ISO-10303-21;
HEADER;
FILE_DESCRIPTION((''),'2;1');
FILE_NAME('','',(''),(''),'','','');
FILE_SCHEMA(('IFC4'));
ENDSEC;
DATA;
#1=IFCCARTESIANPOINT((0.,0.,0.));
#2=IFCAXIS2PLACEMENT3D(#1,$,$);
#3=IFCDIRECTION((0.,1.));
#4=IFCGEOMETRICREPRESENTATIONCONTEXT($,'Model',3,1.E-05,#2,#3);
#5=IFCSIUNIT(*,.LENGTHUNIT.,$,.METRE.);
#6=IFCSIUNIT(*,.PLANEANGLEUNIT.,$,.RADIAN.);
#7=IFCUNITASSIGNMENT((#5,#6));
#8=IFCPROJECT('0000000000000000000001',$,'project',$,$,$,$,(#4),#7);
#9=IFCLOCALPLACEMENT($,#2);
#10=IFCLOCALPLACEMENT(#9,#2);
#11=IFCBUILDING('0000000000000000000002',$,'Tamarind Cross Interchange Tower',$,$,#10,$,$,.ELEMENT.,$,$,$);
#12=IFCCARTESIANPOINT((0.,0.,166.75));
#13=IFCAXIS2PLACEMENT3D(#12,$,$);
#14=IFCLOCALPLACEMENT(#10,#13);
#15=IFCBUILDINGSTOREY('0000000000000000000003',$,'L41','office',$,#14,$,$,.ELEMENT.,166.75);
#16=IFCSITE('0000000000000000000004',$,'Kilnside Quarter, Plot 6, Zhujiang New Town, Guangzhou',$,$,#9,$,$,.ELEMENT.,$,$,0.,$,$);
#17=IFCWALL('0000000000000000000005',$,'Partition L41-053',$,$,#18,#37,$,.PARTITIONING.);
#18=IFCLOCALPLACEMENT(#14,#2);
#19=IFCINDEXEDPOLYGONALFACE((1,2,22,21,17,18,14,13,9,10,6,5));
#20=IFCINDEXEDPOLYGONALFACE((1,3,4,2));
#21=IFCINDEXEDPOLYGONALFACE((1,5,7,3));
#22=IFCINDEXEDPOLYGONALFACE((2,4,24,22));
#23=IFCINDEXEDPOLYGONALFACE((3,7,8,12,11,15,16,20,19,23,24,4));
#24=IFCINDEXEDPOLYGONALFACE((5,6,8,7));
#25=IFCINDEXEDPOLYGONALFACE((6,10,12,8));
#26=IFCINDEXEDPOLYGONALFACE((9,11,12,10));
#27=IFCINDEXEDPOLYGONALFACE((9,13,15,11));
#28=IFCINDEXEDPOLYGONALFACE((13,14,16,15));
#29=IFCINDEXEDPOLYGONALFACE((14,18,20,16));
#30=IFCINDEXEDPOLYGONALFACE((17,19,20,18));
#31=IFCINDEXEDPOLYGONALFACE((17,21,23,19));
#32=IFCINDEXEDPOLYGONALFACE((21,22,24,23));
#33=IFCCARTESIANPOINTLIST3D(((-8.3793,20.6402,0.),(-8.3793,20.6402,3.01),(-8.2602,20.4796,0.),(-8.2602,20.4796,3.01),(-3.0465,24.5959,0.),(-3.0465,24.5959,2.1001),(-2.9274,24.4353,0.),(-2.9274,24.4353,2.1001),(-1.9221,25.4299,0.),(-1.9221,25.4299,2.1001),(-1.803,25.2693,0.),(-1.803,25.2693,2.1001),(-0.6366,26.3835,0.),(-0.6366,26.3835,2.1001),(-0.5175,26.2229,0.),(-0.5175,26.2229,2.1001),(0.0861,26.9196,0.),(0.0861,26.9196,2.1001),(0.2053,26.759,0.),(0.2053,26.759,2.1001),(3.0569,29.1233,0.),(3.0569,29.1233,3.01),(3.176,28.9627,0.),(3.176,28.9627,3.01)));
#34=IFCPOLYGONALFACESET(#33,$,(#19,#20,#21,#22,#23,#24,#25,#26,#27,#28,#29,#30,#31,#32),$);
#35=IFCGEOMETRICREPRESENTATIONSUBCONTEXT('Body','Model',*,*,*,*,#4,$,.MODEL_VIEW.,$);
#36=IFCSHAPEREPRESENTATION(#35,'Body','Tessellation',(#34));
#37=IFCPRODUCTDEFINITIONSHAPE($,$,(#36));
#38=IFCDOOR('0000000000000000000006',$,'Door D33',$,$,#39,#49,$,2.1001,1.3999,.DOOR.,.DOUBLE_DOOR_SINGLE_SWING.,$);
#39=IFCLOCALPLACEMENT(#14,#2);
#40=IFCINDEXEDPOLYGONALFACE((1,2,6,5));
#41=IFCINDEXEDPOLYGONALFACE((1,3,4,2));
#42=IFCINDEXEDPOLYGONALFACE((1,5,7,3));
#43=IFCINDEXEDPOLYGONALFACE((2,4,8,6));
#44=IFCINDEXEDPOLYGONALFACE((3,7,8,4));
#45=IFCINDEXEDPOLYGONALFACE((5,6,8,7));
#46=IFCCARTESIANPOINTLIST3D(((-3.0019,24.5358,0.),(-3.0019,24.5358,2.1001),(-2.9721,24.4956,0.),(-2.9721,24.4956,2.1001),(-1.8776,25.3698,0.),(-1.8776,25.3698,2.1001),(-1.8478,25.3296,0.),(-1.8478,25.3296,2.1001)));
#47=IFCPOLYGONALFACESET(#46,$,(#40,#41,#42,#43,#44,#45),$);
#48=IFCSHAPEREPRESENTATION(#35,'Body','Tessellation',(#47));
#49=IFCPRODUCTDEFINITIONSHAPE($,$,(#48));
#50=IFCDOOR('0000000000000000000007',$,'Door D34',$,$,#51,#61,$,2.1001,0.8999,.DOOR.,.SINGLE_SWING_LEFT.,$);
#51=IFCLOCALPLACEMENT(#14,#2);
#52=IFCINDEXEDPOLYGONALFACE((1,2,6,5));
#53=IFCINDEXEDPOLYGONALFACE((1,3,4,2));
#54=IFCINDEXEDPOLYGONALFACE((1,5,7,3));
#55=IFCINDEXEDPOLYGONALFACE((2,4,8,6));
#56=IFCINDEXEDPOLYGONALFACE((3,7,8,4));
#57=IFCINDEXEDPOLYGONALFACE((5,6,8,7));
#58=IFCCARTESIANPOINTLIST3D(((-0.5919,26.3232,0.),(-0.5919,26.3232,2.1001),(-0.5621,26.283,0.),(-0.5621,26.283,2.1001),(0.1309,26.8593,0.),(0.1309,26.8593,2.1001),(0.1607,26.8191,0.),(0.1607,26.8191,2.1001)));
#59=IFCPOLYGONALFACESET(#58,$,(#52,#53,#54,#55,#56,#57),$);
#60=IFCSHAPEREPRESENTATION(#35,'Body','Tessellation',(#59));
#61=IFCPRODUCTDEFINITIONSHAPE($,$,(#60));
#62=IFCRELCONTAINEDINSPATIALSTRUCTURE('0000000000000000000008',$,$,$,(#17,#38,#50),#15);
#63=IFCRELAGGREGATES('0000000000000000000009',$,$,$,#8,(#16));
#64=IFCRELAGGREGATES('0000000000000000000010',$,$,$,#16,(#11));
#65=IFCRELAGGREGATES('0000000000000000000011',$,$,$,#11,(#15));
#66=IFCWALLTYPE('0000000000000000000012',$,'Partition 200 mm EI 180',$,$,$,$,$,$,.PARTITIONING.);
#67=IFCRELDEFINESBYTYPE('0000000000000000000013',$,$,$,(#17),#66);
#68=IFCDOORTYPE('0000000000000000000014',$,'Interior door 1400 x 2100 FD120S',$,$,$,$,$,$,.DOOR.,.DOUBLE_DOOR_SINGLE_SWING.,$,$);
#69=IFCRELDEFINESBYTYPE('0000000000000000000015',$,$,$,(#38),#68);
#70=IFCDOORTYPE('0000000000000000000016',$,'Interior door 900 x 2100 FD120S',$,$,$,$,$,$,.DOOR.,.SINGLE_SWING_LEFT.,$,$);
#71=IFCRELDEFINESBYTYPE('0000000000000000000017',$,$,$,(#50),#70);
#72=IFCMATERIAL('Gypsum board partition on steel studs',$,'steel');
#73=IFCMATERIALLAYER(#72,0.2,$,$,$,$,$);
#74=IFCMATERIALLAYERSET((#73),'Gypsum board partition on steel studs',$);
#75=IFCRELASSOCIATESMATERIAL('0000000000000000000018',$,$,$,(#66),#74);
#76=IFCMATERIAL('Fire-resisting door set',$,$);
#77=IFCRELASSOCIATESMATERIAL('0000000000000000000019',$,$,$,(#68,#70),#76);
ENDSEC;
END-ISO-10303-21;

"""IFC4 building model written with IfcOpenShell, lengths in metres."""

from ifc_helpers import new_model, si_unit, direction, frame, frame_2d, origin, place, context, subcontext, project, spatial, rectangle, extrude, material, layer, layer_set, type_object, element, fill, save


model = new_model("IFC4")

# Units and contexts
model_context = context("Model", 3, precision=1e-05, world=origin(), true_north=direction((0.0, 1.0)))
body_context = subcontext(model_context, "Body", "Model", "MODEL_VIEW")
ifc_project = project(units=[si_unit("LENGTHUNIT", "METRE"), si_unit("PLANEANGLEUNIT", "RADIAN")], contexts=[model_context])

# Site, building, storey
site_placement = place(None, origin())
site = spatial("IfcSite", under=ifc_project, at=site_placement, Name="Kilnside Quarter, Plot 6, Zhujiang New Town, Guangzhou", CompositionType="ELEMENT", RefElevation=0.0)
building_placement = place(site_placement, origin())
building = spatial("IfcBuilding", under=site, at=building_placement, Name="Tamarind Cross Interchange Tower", CompositionType="ELEMENT")
storey_placement = place(building_placement, frame((0.0, 0.0, 166.75)))
storey = spatial("IfcBuildingStorey", under=building, at=storey_placement, Name="L41", Description="office", CompositionType="ELEMENT", Elevation=166.75)

# Shared definitions
ifc_material_1 = material(Name="Gypsum board partition on steel studs", Category="steel")

# Shared definitions
ifc_material_2 = material(Name="Fire-resisting door set")

# Wall, openings, doors
ifc_layer_1 = layer(ifc_material_1, 0.2)
ifc_layer_set_1 = layer_set([ifc_layer_1], Name="Gypsum board partition on steel studs")
wall_type_1 = type_object("IfcWallType", Name="Partition 200 mm EI 180", PredefinedType="PARTITIONING", material=ifc_layer_set_1)
wall_1_placement = place(storey_placement, frame((-8.3198, 20.5598, 0.0), z_axis=(0.0, 0.0, 1.0), x_axis=(0.803159, 0.595764, 0.0)))
wall_1 = element("IfcWall", 1, at=wall_1_placement, inside=storey, type_object=wall_type_1, Name="Partition L41-053", PredefinedType="PARTITIONING", context=body_context, shape_type="SweptSolid", body=[
    extrude(rectangle(XDim=14.239, YDim=0.2, at=frame_2d((7.1196, 0.0))), origin(), (0.0, 0.0, 1.0), 3.01),
])
opening_1_placement = place(wall_1_placement, frame((6.6399, 0.0, 0.0)))
opening_1 = element("IfcOpeningElement", 2, at=opening_1_placement, cuts=wall_1, PredefinedType="OPENING", context=body_context, shape_type="SweptSolid", body=[
    extrude(rectangle(XDim=1.3999, YDim=2.1001, at=frame_2d((0.7, 1.05))), frame((0.0, 0.1099, 0.0), z_axis=(0.0, -1.0, 0.0), x_axis=(1.0, 0.0, 0.0)), (0.0, 0.0, 1.0), 0.22),
])
opening_2_placement = place(wall_1_placement, frame((9.6404, 0.0, 0.0)))
opening_2 = element("IfcOpeningElement", 3, at=opening_2_placement, cuts=wall_1, PredefinedType="OPENING", context=body_context, shape_type="SweptSolid", body=[
    extrude(rectangle(XDim=0.8999, YDim=2.1001, at=frame_2d((0.45, 1.05))), frame((0.0, 0.1099, 0.0), z_axis=(0.0, -1.0, 0.0), x_axis=(1.0, 0.0, 0.0)), (0.0, 0.0, 1.0), 0.22),
])
door_type_1 = type_object("IfcDoorType", Name="Interior door 1400 x 2100 FD120S", OperationType="DOUBLE_DOOR_SINGLE_SWING", PredefinedType="DOOR", material=ifc_material_2)
door_1_placement = place(opening_1_placement, frame((1.3999, 0.0, 0.0), z_axis=(0.0, 0.0, 1.0), x_axis=(-1.0, 0.0, 0.0)))
door_1 = element("IfcDoor", 4, at=door_1_placement, inside=storey, type_object=door_type_1, Name="Door D33", OperationType="DOUBLE_DOOR_SINGLE_SWING", OverallHeight=2.1001, OverallWidth=1.3999, PredefinedType="DOOR", context=body_context, shape_type="SweptSolid", body=[
    extrude(rectangle(XDim=1.3999, YDim=2.1001, at=frame_2d((0.7, 1.05))), frame((0.0, 0.0249, 0.0), z_axis=(0.0, -1.0, 0.0), x_axis=(1.0, 0.0, 0.0)), (0.0, 0.0, 1.0), 0.05),
])
fill(opening_1, door_1)
door_type_2 = type_object("IfcDoorType", Name="Interior door 900 x 2100 FD120S", OperationType="SINGLE_SWING_LEFT", PredefinedType="DOOR", material=ifc_material_2)
door_2_placement = place(opening_2_placement, origin())
door_2 = element("IfcDoor", 5, at=door_2_placement, inside=storey, type_object=door_type_2, Name="Door D34", OperationType="SINGLE_SWING_LEFT", OverallHeight=2.1001, OverallWidth=0.8999, PredefinedType="DOOR", context=body_context, shape_type="SweptSolid", body=[
    extrude(rectangle(XDim=0.8999, YDim=2.1001, at=frame_2d((0.45, 1.05))), frame((0.0, 0.0249, 0.0), z_axis=(0.0, -1.0, 0.0), x_axis=(1.0, 0.0, 0.0)), (0.0, 0.0, 1.0), 0.05),
])
fill(opening_2, door_2)

save(model, "model.ifc")
